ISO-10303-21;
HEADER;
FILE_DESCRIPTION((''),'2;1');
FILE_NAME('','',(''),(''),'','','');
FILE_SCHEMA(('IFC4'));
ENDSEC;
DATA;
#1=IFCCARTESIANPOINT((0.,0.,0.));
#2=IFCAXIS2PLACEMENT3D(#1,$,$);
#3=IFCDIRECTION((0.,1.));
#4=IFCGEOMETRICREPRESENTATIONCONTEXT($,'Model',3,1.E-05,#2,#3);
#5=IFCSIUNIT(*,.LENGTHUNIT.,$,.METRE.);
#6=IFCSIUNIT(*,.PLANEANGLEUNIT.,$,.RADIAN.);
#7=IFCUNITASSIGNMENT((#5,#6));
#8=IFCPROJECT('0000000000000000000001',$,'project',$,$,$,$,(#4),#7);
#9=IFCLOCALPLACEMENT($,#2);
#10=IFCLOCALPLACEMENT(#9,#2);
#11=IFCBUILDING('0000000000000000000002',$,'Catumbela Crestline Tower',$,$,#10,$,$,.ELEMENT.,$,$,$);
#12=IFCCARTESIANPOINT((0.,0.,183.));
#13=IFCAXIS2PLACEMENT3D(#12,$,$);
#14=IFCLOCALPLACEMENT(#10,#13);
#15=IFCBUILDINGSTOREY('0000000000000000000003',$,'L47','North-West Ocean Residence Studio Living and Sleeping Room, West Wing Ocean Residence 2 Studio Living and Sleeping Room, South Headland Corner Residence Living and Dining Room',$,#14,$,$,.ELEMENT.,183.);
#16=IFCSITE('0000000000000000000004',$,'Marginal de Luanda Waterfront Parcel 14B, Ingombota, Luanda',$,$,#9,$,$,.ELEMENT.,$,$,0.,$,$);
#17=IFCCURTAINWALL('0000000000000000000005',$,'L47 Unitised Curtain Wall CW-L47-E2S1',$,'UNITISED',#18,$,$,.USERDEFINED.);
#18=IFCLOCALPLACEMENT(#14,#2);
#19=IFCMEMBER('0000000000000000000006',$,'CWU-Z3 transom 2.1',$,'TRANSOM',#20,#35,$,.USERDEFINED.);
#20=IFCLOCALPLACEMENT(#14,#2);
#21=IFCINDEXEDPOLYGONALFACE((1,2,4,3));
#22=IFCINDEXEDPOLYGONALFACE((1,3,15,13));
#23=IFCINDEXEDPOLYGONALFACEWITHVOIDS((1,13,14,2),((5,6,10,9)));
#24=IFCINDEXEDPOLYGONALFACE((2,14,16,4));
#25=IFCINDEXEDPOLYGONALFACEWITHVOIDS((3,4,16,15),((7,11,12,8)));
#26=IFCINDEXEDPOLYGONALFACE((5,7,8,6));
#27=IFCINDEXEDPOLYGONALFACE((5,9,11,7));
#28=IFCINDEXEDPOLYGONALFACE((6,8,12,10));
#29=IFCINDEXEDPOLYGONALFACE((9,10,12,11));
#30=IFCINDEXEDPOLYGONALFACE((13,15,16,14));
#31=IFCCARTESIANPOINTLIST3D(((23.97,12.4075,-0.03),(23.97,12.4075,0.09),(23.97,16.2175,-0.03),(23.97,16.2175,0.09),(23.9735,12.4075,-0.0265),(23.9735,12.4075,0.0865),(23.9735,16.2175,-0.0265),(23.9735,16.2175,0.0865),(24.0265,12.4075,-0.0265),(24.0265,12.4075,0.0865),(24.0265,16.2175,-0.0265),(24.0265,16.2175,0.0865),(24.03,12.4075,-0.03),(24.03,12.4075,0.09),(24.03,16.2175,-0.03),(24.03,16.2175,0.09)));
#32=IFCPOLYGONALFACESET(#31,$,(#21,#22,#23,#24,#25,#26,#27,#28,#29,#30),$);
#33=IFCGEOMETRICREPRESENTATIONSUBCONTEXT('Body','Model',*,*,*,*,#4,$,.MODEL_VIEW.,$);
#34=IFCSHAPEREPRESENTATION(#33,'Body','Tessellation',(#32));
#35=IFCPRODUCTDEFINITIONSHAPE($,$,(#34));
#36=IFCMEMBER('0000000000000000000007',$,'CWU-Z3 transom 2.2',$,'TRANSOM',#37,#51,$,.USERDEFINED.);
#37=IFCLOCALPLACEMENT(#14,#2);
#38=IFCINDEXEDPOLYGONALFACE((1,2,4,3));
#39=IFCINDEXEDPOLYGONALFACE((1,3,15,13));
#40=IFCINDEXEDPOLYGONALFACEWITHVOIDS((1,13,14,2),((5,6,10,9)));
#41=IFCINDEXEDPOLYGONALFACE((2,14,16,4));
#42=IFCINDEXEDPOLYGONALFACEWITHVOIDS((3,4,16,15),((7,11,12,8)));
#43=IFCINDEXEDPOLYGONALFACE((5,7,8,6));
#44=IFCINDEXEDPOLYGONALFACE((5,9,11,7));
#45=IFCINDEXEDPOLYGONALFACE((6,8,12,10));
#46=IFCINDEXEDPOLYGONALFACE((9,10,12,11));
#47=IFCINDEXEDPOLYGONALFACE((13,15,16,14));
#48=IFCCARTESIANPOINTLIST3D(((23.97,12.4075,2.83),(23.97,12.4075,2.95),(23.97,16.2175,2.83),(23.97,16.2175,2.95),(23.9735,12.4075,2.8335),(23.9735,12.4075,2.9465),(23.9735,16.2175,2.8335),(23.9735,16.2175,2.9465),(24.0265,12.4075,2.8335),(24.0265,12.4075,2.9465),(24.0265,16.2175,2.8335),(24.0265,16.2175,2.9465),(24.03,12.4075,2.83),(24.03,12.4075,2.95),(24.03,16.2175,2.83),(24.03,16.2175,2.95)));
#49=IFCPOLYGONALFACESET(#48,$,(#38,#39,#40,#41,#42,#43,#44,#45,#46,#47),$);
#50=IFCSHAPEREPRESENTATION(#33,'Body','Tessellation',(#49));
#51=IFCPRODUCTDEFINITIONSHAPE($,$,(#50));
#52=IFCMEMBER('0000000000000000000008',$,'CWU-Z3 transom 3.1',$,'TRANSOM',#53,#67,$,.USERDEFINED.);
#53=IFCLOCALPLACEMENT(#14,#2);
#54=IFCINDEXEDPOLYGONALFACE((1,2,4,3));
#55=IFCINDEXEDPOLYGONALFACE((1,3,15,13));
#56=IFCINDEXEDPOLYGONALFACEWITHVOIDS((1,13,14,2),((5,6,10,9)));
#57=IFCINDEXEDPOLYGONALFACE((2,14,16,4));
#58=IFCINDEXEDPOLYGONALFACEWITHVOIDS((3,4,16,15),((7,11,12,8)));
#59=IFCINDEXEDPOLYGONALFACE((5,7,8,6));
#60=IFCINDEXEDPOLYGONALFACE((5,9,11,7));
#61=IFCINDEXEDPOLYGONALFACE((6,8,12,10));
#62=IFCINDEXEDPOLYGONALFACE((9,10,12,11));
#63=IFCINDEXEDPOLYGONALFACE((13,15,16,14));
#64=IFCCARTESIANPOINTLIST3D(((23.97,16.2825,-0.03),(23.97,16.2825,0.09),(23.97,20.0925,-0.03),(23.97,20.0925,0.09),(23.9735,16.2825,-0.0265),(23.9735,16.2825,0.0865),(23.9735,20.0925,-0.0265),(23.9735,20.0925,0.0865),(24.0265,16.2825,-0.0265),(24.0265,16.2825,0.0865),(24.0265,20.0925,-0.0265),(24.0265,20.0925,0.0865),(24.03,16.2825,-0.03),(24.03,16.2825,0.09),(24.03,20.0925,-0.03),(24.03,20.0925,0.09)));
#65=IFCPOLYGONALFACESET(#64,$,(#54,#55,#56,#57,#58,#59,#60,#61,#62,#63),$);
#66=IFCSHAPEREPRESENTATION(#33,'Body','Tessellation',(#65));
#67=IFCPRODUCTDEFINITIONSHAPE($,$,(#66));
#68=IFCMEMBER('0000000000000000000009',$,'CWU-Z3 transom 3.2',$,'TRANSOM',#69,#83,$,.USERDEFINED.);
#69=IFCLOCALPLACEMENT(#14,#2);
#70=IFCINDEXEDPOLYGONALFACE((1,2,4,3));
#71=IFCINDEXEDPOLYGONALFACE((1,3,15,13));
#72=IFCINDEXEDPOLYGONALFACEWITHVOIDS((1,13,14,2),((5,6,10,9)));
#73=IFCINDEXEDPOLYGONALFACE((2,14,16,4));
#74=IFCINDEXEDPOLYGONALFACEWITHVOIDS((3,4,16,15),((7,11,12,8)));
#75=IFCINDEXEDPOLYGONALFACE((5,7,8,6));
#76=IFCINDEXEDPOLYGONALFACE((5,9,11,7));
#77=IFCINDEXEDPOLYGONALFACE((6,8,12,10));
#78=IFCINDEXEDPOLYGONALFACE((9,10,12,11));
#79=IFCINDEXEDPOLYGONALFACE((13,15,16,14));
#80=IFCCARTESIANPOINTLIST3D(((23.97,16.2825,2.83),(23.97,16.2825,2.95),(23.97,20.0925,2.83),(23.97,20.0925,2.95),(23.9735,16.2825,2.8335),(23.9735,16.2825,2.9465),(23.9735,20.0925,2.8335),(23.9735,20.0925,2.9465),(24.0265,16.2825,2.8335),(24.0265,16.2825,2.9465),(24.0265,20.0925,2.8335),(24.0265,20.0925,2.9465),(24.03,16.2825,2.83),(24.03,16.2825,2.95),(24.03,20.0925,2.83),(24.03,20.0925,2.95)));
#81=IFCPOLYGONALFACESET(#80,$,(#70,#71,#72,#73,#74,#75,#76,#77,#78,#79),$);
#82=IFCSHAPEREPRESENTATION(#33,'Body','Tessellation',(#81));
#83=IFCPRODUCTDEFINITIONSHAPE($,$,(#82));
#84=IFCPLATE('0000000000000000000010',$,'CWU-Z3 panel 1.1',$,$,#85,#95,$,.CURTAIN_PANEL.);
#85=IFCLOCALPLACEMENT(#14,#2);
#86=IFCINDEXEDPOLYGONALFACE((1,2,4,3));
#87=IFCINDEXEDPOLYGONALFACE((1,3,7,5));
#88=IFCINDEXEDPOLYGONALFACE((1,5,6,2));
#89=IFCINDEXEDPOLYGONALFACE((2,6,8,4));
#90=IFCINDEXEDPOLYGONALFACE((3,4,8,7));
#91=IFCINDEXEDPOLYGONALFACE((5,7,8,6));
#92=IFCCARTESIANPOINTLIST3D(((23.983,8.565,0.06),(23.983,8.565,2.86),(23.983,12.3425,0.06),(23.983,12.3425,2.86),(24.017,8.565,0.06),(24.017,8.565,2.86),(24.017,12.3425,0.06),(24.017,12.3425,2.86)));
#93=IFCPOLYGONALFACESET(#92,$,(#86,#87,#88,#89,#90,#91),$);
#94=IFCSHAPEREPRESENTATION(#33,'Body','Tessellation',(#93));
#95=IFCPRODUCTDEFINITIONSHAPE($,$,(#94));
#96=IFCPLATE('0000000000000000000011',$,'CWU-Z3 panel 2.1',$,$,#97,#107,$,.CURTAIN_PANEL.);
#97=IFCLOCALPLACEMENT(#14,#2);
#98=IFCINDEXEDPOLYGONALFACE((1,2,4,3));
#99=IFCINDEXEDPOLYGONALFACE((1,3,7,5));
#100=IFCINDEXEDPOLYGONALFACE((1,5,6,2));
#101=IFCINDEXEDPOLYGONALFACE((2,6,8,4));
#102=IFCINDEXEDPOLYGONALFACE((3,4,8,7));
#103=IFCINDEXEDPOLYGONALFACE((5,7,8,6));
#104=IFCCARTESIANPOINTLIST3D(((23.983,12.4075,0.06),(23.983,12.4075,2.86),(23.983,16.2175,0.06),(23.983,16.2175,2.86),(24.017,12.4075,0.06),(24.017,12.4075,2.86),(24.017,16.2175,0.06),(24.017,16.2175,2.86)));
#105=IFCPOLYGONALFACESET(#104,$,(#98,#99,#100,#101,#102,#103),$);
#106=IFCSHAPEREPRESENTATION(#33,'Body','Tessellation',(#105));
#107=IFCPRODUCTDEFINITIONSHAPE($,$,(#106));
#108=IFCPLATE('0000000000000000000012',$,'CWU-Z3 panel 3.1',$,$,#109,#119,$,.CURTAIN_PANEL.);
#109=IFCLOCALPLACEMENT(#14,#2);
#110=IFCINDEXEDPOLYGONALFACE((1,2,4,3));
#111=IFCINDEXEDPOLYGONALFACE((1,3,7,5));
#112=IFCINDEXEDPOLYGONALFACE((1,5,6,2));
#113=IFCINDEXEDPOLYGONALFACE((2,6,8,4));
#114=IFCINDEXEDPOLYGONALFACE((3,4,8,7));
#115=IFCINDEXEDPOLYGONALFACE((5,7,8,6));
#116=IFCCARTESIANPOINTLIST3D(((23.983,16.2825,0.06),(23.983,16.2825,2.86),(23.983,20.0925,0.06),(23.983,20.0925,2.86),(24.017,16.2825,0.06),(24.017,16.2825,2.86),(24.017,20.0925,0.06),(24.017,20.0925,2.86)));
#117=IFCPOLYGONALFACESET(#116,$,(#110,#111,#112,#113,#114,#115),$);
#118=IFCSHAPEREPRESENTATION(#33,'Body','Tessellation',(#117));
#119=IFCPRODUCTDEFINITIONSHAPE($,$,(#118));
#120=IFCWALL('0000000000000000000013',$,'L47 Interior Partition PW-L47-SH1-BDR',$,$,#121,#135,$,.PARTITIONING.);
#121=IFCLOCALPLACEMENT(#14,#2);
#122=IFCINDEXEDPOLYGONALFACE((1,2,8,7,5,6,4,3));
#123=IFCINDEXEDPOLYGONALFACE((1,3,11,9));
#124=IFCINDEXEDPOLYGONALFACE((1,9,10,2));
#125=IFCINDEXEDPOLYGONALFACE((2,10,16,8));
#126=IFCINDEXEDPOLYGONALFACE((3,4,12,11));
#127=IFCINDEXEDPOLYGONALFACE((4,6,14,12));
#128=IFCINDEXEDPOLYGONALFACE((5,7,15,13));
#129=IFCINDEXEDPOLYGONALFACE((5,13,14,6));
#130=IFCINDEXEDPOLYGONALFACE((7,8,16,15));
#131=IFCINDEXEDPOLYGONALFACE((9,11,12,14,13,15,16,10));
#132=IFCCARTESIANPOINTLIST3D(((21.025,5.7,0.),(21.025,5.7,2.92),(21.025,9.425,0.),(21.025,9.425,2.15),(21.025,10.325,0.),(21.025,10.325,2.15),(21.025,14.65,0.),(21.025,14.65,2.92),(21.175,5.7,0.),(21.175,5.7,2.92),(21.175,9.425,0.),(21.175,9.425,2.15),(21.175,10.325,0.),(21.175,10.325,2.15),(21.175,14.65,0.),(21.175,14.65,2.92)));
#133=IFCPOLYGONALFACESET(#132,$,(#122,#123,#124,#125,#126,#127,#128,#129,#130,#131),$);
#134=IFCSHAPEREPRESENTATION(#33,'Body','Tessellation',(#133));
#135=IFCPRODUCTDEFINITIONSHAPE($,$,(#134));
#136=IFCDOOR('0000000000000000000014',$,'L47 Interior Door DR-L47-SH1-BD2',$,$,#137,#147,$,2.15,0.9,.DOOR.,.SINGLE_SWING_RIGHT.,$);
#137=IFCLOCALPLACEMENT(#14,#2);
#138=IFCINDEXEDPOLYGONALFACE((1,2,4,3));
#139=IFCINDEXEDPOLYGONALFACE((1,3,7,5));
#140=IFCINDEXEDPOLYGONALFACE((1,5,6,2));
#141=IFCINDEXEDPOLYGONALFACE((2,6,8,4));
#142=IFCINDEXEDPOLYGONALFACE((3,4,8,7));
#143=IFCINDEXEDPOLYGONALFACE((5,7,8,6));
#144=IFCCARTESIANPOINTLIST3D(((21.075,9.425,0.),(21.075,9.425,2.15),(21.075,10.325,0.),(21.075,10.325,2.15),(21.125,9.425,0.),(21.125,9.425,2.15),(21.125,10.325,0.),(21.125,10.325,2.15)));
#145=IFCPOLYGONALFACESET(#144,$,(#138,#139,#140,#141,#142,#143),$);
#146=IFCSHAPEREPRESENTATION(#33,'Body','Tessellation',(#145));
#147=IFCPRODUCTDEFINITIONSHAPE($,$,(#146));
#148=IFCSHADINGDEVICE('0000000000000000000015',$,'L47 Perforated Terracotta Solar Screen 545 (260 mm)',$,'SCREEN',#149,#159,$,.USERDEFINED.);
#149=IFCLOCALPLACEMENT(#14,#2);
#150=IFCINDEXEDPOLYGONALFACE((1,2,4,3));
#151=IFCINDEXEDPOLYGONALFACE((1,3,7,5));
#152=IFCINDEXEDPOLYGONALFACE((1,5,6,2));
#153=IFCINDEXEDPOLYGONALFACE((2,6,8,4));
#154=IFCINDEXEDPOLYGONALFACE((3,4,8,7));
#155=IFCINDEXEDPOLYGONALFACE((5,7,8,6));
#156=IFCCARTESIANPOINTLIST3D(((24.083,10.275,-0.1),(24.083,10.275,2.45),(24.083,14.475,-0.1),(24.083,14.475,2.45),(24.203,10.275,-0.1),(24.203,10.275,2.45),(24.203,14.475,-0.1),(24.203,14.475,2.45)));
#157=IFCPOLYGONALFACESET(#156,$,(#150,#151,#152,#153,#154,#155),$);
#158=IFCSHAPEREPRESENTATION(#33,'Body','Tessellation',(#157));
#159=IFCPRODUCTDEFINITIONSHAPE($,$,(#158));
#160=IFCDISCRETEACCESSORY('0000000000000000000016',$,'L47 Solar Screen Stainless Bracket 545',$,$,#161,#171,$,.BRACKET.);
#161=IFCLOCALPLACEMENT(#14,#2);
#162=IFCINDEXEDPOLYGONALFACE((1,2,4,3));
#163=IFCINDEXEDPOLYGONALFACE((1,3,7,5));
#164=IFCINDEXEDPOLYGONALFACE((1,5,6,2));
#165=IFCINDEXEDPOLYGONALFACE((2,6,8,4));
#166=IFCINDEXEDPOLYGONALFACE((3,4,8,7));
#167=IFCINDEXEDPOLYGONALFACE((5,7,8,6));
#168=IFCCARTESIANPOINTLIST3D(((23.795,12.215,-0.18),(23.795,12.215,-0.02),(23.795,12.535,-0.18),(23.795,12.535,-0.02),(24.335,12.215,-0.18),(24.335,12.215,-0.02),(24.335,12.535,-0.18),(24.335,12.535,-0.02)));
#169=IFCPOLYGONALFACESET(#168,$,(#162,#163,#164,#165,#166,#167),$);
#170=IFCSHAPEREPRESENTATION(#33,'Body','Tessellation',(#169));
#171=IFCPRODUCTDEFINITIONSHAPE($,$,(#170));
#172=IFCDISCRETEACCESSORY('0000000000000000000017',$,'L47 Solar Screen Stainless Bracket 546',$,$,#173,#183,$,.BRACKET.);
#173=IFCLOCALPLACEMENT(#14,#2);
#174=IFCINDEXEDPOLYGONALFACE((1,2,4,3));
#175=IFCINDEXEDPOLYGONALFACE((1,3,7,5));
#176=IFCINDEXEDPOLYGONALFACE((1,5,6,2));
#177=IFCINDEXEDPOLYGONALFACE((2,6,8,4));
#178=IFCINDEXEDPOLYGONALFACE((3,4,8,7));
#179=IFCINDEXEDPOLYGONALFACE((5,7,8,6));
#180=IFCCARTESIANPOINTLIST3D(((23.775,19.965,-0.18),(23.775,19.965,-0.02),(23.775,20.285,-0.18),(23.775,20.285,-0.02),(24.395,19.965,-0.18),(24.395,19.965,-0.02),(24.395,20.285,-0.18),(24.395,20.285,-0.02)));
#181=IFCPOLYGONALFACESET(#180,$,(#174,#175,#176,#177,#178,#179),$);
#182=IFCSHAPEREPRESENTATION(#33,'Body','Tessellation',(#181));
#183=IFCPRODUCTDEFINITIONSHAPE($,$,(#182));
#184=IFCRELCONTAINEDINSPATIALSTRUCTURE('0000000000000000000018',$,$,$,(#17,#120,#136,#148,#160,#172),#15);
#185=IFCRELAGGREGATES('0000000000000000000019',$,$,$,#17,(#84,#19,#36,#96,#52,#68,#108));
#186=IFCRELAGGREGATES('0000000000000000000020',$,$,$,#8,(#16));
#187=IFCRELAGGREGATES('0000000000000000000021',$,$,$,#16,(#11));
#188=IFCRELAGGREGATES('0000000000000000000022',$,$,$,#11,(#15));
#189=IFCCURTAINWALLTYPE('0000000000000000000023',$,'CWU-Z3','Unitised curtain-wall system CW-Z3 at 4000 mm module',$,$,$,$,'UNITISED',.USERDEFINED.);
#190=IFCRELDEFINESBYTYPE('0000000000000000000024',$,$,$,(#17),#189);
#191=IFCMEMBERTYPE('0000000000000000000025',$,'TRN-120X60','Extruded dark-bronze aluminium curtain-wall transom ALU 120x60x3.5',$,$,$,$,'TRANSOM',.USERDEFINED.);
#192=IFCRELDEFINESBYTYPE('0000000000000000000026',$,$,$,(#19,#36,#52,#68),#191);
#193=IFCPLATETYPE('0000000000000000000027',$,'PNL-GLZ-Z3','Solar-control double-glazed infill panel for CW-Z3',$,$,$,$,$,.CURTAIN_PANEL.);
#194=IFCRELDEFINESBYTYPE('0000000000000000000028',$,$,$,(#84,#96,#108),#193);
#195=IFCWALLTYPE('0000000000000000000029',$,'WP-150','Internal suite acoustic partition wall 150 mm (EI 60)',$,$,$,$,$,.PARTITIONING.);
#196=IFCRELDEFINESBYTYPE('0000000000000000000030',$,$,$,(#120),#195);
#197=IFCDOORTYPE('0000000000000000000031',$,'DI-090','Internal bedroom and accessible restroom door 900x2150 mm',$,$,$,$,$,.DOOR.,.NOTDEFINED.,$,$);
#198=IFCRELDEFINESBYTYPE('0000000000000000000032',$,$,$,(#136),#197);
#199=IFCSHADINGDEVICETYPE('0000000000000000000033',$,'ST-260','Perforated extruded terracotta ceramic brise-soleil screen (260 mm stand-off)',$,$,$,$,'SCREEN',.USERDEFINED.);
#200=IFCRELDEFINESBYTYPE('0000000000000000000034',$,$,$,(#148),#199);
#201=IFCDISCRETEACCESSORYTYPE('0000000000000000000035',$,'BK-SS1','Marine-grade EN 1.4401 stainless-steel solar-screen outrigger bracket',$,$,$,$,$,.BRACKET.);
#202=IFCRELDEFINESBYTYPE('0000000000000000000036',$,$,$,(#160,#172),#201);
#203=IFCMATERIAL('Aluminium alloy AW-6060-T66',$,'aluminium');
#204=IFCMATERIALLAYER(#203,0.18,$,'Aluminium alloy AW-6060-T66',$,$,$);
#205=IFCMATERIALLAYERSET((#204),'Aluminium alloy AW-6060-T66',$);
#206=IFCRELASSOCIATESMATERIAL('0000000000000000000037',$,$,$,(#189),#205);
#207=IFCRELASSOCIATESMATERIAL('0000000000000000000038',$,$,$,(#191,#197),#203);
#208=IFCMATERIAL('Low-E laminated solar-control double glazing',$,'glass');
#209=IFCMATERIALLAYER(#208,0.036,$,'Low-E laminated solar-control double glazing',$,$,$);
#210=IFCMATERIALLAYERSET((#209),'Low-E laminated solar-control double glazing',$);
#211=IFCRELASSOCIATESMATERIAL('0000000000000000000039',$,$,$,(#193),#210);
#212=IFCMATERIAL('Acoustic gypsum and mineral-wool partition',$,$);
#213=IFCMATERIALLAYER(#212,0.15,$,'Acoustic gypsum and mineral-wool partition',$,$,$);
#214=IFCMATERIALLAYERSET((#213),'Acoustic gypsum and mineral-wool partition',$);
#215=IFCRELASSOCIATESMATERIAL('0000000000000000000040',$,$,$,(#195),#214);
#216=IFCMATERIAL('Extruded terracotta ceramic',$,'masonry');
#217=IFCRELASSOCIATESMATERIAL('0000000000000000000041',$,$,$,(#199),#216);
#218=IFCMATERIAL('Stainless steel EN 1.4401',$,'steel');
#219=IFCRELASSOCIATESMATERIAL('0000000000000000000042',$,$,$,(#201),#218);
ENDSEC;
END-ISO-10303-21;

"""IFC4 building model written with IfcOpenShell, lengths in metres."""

from ifc_helpers import new_model, si_unit, direction, frame, frame_2d, origin, origin_2d, place, context, subcontext, project, spatial, rectangle, hollow_rectangle, extrude, material, layer, layer_set, material_profile, profile_set, type_object, element, fill, aggregate, save


model = new_model("IFC4")

# Units and contexts
model_context = context("Model", 3, precision=1e-05, world=origin(), true_north=direction((0.0, 1.0)))
body_context = subcontext(model_context, "Body", "Model", "MODEL_VIEW")
ifc_project = project(units=[si_unit("LENGTHUNIT", "METRE"), si_unit("PLANEANGLEUNIT", "RADIAN")], contexts=[model_context])

# Site, building, storey
site_placement = place(None, origin())
site = spatial("IfcSite", under=ifc_project, at=site_placement, Name="Marginal de Luanda Waterfront Parcel 14B, Ingombota, Luanda", CompositionType="ELEMENT", RefElevation=0.0)
building_placement = place(site_placement, origin())
building = spatial("IfcBuilding", under=site, at=building_placement, Name="Catumbela Crestline Tower", CompositionType="ELEMENT")
storey_placement = place(building_placement, frame((0.0, 0.0, 183.0)))
storey = spatial("IfcBuildingStorey", under=building, at=storey_placement, Name="L47", Description="North-West Ocean Residence Studio Living and Sleeping Room, West Wing Ocean Residence 2 Studio Living and Sleeping Room, South Headland Corner Residence Living and Dining Room", CompositionType="ELEMENT", Elevation=183.0)

# Curtain wall
ifc_material_1 = material(Name="Aluminium alloy AW-6060-T66", Category="aluminium")
ifc_layer_1 = layer(ifc_material_1, 0.18, Name="Aluminium alloy AW-6060-T66")
ifc_layer_set_1 = layer_set([ifc_layer_1], Name="Aluminium alloy AW-6060-T66")
curtain_wall_type = type_object("IfcCurtainWallType", Name="CWU-Z3", Description="Unitised curtain-wall system CW-Z3 at 4000 mm module", ElementType="UNITISED", PredefinedType="USERDEFINED", material=ifc_layer_set_1)
curtain_wall_placement = place(storey_placement, origin())
curtain_wall = element("IfcCurtainWall", 1, at=curtain_wall_placement, inside=storey, type_object=curtain_wall_type, Name="L47 Unitised Curtain Wall CW-L47-E2S1", ObjectType="UNITISED", PredefinedType="USERDEFINED")

# Members
ifc_material_profile_1 = material_profile(ifc_material_1, hollow_rectangle(XDim=0.06, YDim=0.12, WallThickness=0.0035, at=origin_2d()), Name="ALU 120x60x3.5")
ifc_profile_set_1 = profile_set([ifc_material_profile_1], Name="Aluminium alloy AW-6060-T66")
member_type_1 = type_object("IfcMemberType", Name="TRN-120X60", Description="Extruded dark-bronze aluminium curtain-wall transom ALU 120x60x3.5", ElementType="TRANSOM", PredefinedType="USERDEFINED", material=ifc_profile_set_1)
member_1_placement = place(storey_placement, frame((24.0, 12.4075, 0.03), z_axis=(0.0, 1.0, 0.0), x_axis=(-1.0, 0.0, 0.0)))
member_1 = element("IfcMember", 2, at=member_1_placement, type_object=member_type_1, Name="CWU-Z3 transom 2.1", ObjectType="TRANSOM", PredefinedType="USERDEFINED", context=body_context, shape_type="SweptSolid", body=[
    extrude(hollow_rectangle(XDim=0.06, YDim=0.12, WallThickness=0.0035, at=origin_2d()), origin(), (0.0, 0.0, 1.0), 3.81),
])
member_2_placement = place(storey_placement, frame((24.0, 12.4075, 2.89), z_axis=(0.0, 1.0, 0.0), x_axis=(-1.0, 0.0, 0.0)))
member_2 = element("IfcMember", 3, at=member_2_placement, type_object=member_type_1, Name="CWU-Z3 transom 2.2", ObjectType="TRANSOM", PredefinedType="USERDEFINED", context=body_context, shape_type="SweptSolid", body=[
    extrude(hollow_rectangle(XDim=0.06, YDim=0.12, WallThickness=0.0035, at=origin_2d()), origin(), (0.0, 0.0, 1.0), 3.81),
])
member_3_placement = place(storey_placement, frame((24.0, 16.2825, 0.03), z_axis=(0.0, 1.0, 0.0), x_axis=(-1.0, 0.0, 0.0)))
member_3 = element("IfcMember", 4, at=member_3_placement, type_object=member_type_1, Name="CWU-Z3 transom 3.1", ObjectType="TRANSOM", PredefinedType="USERDEFINED", context=body_context, shape_type="SweptSolid", body=[
    extrude(hollow_rectangle(XDim=0.06, YDim=0.12, WallThickness=0.0035, at=origin_2d()), origin(), (0.0, 0.0, 1.0), 3.81),
])
member_4_placement = place(storey_placement, frame((24.0, 16.2825, 2.89), z_axis=(0.0, 1.0, 0.0), x_axis=(-1.0, 0.0, 0.0)))
member_4 = element("IfcMember", 5, at=member_4_placement, type_object=member_type_1, Name="CWU-Z3 transom 3.2", ObjectType="TRANSOM", PredefinedType="USERDEFINED", context=body_context, shape_type="SweptSolid", body=[
    extrude(hollow_rectangle(XDim=0.06, YDim=0.12, WallThickness=0.0035, at=origin_2d()), origin(), (0.0, 0.0, 1.0), 3.81),
])

# Plates
ifc_material_2 = material(Name="Low-E laminated solar-control double glazing", Category="glass")
ifc_layer_2 = layer(ifc_material_2, 0.036, Name="Low-E laminated solar-control double glazing")
ifc_layer_set_2 = layer_set([ifc_layer_2], Name="Low-E laminated solar-control double glazing")
plate_type = type_object("IfcPlateType", Name="PNL-GLZ-Z3", Description="Solar-control double-glazed infill panel for CW-Z3", PredefinedType="CURTAIN_PANEL", material=ifc_layer_set_2)
plate_1_placement = place(storey_placement, frame((24.0, 10.4538, 0.06), z_axis=(0.0, 0.0, 1.0), x_axis=(0.0, 1.0, 0.0)))
plate_1 = element("IfcPlate", 6, at=plate_1_placement, type_object=plate_type, Name="CWU-Z3 panel 1.1", PredefinedType="CURTAIN_PANEL", context=body_context, shape_type="SweptSolid", body=[
    extrude(rectangle(XDim=3.7775, YDim=0.034, at=origin_2d()), origin(), (0.0, 0.0, 1.0), 2.8),
])
plate_2_placement = place(storey_placement, frame((24.0, 14.3125, 0.06), z_axis=(0.0, 0.0, 1.0), x_axis=(0.0, 1.0, 0.0)))
plate_2 = element("IfcPlate", 7, at=plate_2_placement, type_object=plate_type, Name="CWU-Z3 panel 2.1", PredefinedType="CURTAIN_PANEL", context=body_context, shape_type="SweptSolid", body=[
    extrude(rectangle(XDim=3.81, YDim=0.034, at=origin_2d()), origin(), (0.0, 0.0, 1.0), 2.8),
])
plate_3_placement = place(storey_placement, frame((24.0, 18.1875, 0.06), z_axis=(0.0, 0.0, 1.0), x_axis=(0.0, 1.0, 0.0)))
plate_3 = element("IfcPlate", 8, at=plate_3_placement, type_object=plate_type, Name="CWU-Z3 panel 3.1", PredefinedType="CURTAIN_PANEL", context=body_context, shape_type="SweptSolid", body=[
    extrude(rectangle(XDim=3.81, YDim=0.034, at=origin_2d()), origin(), (0.0, 0.0, 1.0), 2.8),
])
aggregate(curtain_wall, [plate_1, member_1, member_2, plate_2, member_3, member_4, plate_3])

# Wall, opening, door
ifc_material_3 = material(Name="Acoustic gypsum and mineral-wool partition")
ifc_layer_3 = layer(ifc_material_3, 0.15, Name="Acoustic gypsum and mineral-wool partition")
ifc_layer_set_3 = layer_set([ifc_layer_3], Name="Acoustic gypsum and mineral-wool partition")
wall_type = type_object("IfcWallType", Name="WP-150", Description="Internal suite acoustic partition wall 150 mm (EI 60)", PredefinedType="PARTITIONING", material=ifc_layer_set_3)
wall_placement = place(storey_placement, frame((21.1, 5.7, 0.0), z_axis=(0.0, 0.0, 1.0), x_axis=(0.0, 1.0, 0.0)))
wall = element("IfcWall", 9, at=wall_placement, inside=storey, type_object=wall_type, Name="L47 Interior Partition PW-L47-SH1-BDR", PredefinedType="PARTITIONING", context=body_context, shape_type="SweptSolid", body=[
    extrude(rectangle(XDim=8.95, YDim=0.15, at=frame_2d((4.475, 0.0))), origin(), (0.0, 0.0, 1.0), 2.92),
])
opening_placement = place(wall_placement, frame((3.725, 0.0, 0.0)))
opening = element("IfcOpeningElement", 10, at=opening_placement, cuts=wall, PredefinedType="OPENING", context=body_context, shape_type="SweptSolid", body=[
    extrude(rectangle(XDim=0.9, YDim=2.15, at=frame_2d((0.45, 1.075))), frame((0.0, 0.085, 0.0), z_axis=(0.0, -1.0, 0.0), x_axis=(1.0, 0.0, 0.0)), (0.0, 0.0, 1.0), 0.17),
])
door_type = type_object("IfcDoorType", Name="DI-090", Description="Internal bedroom and accessible restroom door 900x2150 mm", OperationType="NOTDEFINED", PredefinedType="DOOR", material=ifc_material_1)
door_placement = place(opening_placement, origin())
door = element("IfcDoor", 11, at=door_placement, inside=storey, type_object=door_type, Name="L47 Interior Door DR-L47-SH1-BD2", OperationType="SINGLE_SWING_RIGHT", OverallHeight=2.15, OverallWidth=0.9, PredefinedType="DOOR", context=body_context, shape_type="SweptSolid", body=[
    extrude(rectangle(XDim=0.9, YDim=2.15, at=frame_2d((0.45, 1.075))), frame((0.0, 0.025, 0.0), z_axis=(0.0, -1.0, 0.0), x_axis=(1.0, 0.0, 0.0)), (0.0, 0.0, 1.0), 0.05),
])
fill(opening, door)

# Shading device
ifc_material_4 = material(Name="Extruded terracotta ceramic", Category="masonry")
shading_device_type = type_object("IfcShadingDeviceType", Name="ST-260", Description="Perforated extruded terracotta ceramic brise-soleil screen (260 mm stand-off)", ElementType="SCREEN", PredefinedType="USERDEFINED", material=ifc_material_4)
shading_device_placement = place(storey_placement, frame((24.143, 12.375, -0.1), z_axis=(0.0, 0.0, 1.0), x_axis=(0.0, 1.0, 0.0)))
element("IfcShadingDevice", 12, at=shading_device_placement, inside=storey, type_object=shading_device_type, Name="L47 Perforated Terracotta Solar Screen 545 (260 mm)", ObjectType="SCREEN", PredefinedType="USERDEFINED", context=body_context, shape_type="SweptSolid", body=[
    extrude(rectangle(XDim=4.2, YDim=0.12, at=origin_2d()), origin(), (0.0, 0.0, 1.0), 2.55),
])

# Discrete accessories
ifc_material_5 = material(Name="Stainless steel EN 1.4401", Category="steel")
discrete_accessory_type = type_object("IfcDiscreteAccessoryType", Name="BK-SS1", Description="Marine-grade EN 1.4401 stainless-steel solar-screen outrigger bracket", PredefinedType="BRACKET", material=ifc_material_5)
discrete_accessory_1_placement = place(storey_placement, frame((24.065, 12.375, -0.18), z_axis=(0.0, 0.0, 1.0), x_axis=(0.0, 1.0, 0.0)))
element("IfcDiscreteAccessory", 13, at=discrete_accessory_1_placement, inside=storey, type_object=discrete_accessory_type, Name="L47 Solar Screen Stainless Bracket 545", PredefinedType="BRACKET", context=body_context, shape_type="SweptSolid", body=[
    extrude(rectangle(XDim=0.32, YDim=0.54, at=origin_2d()), origin(), (0.0, 0.0, 1.0), 0.16),
])
discrete_accessory_2_placement = place(storey_placement, frame((24.085, 20.125, -0.18), z_axis=(0.0, 0.0, 1.0), x_axis=(0.0, 1.0, 0.0)))
element("IfcDiscreteAccessory", 14, at=discrete_accessory_2_placement, inside=storey, type_object=discrete_accessory_type, Name="L47 Solar Screen Stainless Bracket 546", PredefinedType="BRACKET", context=body_context, shape_type="SweptSolid", body=[
    extrude(rectangle(XDim=0.32, YDim=0.62, at=origin_2d()), origin(), (0.0, 0.0, 1.0), 0.16),
])

save(model, "model.ifc")
